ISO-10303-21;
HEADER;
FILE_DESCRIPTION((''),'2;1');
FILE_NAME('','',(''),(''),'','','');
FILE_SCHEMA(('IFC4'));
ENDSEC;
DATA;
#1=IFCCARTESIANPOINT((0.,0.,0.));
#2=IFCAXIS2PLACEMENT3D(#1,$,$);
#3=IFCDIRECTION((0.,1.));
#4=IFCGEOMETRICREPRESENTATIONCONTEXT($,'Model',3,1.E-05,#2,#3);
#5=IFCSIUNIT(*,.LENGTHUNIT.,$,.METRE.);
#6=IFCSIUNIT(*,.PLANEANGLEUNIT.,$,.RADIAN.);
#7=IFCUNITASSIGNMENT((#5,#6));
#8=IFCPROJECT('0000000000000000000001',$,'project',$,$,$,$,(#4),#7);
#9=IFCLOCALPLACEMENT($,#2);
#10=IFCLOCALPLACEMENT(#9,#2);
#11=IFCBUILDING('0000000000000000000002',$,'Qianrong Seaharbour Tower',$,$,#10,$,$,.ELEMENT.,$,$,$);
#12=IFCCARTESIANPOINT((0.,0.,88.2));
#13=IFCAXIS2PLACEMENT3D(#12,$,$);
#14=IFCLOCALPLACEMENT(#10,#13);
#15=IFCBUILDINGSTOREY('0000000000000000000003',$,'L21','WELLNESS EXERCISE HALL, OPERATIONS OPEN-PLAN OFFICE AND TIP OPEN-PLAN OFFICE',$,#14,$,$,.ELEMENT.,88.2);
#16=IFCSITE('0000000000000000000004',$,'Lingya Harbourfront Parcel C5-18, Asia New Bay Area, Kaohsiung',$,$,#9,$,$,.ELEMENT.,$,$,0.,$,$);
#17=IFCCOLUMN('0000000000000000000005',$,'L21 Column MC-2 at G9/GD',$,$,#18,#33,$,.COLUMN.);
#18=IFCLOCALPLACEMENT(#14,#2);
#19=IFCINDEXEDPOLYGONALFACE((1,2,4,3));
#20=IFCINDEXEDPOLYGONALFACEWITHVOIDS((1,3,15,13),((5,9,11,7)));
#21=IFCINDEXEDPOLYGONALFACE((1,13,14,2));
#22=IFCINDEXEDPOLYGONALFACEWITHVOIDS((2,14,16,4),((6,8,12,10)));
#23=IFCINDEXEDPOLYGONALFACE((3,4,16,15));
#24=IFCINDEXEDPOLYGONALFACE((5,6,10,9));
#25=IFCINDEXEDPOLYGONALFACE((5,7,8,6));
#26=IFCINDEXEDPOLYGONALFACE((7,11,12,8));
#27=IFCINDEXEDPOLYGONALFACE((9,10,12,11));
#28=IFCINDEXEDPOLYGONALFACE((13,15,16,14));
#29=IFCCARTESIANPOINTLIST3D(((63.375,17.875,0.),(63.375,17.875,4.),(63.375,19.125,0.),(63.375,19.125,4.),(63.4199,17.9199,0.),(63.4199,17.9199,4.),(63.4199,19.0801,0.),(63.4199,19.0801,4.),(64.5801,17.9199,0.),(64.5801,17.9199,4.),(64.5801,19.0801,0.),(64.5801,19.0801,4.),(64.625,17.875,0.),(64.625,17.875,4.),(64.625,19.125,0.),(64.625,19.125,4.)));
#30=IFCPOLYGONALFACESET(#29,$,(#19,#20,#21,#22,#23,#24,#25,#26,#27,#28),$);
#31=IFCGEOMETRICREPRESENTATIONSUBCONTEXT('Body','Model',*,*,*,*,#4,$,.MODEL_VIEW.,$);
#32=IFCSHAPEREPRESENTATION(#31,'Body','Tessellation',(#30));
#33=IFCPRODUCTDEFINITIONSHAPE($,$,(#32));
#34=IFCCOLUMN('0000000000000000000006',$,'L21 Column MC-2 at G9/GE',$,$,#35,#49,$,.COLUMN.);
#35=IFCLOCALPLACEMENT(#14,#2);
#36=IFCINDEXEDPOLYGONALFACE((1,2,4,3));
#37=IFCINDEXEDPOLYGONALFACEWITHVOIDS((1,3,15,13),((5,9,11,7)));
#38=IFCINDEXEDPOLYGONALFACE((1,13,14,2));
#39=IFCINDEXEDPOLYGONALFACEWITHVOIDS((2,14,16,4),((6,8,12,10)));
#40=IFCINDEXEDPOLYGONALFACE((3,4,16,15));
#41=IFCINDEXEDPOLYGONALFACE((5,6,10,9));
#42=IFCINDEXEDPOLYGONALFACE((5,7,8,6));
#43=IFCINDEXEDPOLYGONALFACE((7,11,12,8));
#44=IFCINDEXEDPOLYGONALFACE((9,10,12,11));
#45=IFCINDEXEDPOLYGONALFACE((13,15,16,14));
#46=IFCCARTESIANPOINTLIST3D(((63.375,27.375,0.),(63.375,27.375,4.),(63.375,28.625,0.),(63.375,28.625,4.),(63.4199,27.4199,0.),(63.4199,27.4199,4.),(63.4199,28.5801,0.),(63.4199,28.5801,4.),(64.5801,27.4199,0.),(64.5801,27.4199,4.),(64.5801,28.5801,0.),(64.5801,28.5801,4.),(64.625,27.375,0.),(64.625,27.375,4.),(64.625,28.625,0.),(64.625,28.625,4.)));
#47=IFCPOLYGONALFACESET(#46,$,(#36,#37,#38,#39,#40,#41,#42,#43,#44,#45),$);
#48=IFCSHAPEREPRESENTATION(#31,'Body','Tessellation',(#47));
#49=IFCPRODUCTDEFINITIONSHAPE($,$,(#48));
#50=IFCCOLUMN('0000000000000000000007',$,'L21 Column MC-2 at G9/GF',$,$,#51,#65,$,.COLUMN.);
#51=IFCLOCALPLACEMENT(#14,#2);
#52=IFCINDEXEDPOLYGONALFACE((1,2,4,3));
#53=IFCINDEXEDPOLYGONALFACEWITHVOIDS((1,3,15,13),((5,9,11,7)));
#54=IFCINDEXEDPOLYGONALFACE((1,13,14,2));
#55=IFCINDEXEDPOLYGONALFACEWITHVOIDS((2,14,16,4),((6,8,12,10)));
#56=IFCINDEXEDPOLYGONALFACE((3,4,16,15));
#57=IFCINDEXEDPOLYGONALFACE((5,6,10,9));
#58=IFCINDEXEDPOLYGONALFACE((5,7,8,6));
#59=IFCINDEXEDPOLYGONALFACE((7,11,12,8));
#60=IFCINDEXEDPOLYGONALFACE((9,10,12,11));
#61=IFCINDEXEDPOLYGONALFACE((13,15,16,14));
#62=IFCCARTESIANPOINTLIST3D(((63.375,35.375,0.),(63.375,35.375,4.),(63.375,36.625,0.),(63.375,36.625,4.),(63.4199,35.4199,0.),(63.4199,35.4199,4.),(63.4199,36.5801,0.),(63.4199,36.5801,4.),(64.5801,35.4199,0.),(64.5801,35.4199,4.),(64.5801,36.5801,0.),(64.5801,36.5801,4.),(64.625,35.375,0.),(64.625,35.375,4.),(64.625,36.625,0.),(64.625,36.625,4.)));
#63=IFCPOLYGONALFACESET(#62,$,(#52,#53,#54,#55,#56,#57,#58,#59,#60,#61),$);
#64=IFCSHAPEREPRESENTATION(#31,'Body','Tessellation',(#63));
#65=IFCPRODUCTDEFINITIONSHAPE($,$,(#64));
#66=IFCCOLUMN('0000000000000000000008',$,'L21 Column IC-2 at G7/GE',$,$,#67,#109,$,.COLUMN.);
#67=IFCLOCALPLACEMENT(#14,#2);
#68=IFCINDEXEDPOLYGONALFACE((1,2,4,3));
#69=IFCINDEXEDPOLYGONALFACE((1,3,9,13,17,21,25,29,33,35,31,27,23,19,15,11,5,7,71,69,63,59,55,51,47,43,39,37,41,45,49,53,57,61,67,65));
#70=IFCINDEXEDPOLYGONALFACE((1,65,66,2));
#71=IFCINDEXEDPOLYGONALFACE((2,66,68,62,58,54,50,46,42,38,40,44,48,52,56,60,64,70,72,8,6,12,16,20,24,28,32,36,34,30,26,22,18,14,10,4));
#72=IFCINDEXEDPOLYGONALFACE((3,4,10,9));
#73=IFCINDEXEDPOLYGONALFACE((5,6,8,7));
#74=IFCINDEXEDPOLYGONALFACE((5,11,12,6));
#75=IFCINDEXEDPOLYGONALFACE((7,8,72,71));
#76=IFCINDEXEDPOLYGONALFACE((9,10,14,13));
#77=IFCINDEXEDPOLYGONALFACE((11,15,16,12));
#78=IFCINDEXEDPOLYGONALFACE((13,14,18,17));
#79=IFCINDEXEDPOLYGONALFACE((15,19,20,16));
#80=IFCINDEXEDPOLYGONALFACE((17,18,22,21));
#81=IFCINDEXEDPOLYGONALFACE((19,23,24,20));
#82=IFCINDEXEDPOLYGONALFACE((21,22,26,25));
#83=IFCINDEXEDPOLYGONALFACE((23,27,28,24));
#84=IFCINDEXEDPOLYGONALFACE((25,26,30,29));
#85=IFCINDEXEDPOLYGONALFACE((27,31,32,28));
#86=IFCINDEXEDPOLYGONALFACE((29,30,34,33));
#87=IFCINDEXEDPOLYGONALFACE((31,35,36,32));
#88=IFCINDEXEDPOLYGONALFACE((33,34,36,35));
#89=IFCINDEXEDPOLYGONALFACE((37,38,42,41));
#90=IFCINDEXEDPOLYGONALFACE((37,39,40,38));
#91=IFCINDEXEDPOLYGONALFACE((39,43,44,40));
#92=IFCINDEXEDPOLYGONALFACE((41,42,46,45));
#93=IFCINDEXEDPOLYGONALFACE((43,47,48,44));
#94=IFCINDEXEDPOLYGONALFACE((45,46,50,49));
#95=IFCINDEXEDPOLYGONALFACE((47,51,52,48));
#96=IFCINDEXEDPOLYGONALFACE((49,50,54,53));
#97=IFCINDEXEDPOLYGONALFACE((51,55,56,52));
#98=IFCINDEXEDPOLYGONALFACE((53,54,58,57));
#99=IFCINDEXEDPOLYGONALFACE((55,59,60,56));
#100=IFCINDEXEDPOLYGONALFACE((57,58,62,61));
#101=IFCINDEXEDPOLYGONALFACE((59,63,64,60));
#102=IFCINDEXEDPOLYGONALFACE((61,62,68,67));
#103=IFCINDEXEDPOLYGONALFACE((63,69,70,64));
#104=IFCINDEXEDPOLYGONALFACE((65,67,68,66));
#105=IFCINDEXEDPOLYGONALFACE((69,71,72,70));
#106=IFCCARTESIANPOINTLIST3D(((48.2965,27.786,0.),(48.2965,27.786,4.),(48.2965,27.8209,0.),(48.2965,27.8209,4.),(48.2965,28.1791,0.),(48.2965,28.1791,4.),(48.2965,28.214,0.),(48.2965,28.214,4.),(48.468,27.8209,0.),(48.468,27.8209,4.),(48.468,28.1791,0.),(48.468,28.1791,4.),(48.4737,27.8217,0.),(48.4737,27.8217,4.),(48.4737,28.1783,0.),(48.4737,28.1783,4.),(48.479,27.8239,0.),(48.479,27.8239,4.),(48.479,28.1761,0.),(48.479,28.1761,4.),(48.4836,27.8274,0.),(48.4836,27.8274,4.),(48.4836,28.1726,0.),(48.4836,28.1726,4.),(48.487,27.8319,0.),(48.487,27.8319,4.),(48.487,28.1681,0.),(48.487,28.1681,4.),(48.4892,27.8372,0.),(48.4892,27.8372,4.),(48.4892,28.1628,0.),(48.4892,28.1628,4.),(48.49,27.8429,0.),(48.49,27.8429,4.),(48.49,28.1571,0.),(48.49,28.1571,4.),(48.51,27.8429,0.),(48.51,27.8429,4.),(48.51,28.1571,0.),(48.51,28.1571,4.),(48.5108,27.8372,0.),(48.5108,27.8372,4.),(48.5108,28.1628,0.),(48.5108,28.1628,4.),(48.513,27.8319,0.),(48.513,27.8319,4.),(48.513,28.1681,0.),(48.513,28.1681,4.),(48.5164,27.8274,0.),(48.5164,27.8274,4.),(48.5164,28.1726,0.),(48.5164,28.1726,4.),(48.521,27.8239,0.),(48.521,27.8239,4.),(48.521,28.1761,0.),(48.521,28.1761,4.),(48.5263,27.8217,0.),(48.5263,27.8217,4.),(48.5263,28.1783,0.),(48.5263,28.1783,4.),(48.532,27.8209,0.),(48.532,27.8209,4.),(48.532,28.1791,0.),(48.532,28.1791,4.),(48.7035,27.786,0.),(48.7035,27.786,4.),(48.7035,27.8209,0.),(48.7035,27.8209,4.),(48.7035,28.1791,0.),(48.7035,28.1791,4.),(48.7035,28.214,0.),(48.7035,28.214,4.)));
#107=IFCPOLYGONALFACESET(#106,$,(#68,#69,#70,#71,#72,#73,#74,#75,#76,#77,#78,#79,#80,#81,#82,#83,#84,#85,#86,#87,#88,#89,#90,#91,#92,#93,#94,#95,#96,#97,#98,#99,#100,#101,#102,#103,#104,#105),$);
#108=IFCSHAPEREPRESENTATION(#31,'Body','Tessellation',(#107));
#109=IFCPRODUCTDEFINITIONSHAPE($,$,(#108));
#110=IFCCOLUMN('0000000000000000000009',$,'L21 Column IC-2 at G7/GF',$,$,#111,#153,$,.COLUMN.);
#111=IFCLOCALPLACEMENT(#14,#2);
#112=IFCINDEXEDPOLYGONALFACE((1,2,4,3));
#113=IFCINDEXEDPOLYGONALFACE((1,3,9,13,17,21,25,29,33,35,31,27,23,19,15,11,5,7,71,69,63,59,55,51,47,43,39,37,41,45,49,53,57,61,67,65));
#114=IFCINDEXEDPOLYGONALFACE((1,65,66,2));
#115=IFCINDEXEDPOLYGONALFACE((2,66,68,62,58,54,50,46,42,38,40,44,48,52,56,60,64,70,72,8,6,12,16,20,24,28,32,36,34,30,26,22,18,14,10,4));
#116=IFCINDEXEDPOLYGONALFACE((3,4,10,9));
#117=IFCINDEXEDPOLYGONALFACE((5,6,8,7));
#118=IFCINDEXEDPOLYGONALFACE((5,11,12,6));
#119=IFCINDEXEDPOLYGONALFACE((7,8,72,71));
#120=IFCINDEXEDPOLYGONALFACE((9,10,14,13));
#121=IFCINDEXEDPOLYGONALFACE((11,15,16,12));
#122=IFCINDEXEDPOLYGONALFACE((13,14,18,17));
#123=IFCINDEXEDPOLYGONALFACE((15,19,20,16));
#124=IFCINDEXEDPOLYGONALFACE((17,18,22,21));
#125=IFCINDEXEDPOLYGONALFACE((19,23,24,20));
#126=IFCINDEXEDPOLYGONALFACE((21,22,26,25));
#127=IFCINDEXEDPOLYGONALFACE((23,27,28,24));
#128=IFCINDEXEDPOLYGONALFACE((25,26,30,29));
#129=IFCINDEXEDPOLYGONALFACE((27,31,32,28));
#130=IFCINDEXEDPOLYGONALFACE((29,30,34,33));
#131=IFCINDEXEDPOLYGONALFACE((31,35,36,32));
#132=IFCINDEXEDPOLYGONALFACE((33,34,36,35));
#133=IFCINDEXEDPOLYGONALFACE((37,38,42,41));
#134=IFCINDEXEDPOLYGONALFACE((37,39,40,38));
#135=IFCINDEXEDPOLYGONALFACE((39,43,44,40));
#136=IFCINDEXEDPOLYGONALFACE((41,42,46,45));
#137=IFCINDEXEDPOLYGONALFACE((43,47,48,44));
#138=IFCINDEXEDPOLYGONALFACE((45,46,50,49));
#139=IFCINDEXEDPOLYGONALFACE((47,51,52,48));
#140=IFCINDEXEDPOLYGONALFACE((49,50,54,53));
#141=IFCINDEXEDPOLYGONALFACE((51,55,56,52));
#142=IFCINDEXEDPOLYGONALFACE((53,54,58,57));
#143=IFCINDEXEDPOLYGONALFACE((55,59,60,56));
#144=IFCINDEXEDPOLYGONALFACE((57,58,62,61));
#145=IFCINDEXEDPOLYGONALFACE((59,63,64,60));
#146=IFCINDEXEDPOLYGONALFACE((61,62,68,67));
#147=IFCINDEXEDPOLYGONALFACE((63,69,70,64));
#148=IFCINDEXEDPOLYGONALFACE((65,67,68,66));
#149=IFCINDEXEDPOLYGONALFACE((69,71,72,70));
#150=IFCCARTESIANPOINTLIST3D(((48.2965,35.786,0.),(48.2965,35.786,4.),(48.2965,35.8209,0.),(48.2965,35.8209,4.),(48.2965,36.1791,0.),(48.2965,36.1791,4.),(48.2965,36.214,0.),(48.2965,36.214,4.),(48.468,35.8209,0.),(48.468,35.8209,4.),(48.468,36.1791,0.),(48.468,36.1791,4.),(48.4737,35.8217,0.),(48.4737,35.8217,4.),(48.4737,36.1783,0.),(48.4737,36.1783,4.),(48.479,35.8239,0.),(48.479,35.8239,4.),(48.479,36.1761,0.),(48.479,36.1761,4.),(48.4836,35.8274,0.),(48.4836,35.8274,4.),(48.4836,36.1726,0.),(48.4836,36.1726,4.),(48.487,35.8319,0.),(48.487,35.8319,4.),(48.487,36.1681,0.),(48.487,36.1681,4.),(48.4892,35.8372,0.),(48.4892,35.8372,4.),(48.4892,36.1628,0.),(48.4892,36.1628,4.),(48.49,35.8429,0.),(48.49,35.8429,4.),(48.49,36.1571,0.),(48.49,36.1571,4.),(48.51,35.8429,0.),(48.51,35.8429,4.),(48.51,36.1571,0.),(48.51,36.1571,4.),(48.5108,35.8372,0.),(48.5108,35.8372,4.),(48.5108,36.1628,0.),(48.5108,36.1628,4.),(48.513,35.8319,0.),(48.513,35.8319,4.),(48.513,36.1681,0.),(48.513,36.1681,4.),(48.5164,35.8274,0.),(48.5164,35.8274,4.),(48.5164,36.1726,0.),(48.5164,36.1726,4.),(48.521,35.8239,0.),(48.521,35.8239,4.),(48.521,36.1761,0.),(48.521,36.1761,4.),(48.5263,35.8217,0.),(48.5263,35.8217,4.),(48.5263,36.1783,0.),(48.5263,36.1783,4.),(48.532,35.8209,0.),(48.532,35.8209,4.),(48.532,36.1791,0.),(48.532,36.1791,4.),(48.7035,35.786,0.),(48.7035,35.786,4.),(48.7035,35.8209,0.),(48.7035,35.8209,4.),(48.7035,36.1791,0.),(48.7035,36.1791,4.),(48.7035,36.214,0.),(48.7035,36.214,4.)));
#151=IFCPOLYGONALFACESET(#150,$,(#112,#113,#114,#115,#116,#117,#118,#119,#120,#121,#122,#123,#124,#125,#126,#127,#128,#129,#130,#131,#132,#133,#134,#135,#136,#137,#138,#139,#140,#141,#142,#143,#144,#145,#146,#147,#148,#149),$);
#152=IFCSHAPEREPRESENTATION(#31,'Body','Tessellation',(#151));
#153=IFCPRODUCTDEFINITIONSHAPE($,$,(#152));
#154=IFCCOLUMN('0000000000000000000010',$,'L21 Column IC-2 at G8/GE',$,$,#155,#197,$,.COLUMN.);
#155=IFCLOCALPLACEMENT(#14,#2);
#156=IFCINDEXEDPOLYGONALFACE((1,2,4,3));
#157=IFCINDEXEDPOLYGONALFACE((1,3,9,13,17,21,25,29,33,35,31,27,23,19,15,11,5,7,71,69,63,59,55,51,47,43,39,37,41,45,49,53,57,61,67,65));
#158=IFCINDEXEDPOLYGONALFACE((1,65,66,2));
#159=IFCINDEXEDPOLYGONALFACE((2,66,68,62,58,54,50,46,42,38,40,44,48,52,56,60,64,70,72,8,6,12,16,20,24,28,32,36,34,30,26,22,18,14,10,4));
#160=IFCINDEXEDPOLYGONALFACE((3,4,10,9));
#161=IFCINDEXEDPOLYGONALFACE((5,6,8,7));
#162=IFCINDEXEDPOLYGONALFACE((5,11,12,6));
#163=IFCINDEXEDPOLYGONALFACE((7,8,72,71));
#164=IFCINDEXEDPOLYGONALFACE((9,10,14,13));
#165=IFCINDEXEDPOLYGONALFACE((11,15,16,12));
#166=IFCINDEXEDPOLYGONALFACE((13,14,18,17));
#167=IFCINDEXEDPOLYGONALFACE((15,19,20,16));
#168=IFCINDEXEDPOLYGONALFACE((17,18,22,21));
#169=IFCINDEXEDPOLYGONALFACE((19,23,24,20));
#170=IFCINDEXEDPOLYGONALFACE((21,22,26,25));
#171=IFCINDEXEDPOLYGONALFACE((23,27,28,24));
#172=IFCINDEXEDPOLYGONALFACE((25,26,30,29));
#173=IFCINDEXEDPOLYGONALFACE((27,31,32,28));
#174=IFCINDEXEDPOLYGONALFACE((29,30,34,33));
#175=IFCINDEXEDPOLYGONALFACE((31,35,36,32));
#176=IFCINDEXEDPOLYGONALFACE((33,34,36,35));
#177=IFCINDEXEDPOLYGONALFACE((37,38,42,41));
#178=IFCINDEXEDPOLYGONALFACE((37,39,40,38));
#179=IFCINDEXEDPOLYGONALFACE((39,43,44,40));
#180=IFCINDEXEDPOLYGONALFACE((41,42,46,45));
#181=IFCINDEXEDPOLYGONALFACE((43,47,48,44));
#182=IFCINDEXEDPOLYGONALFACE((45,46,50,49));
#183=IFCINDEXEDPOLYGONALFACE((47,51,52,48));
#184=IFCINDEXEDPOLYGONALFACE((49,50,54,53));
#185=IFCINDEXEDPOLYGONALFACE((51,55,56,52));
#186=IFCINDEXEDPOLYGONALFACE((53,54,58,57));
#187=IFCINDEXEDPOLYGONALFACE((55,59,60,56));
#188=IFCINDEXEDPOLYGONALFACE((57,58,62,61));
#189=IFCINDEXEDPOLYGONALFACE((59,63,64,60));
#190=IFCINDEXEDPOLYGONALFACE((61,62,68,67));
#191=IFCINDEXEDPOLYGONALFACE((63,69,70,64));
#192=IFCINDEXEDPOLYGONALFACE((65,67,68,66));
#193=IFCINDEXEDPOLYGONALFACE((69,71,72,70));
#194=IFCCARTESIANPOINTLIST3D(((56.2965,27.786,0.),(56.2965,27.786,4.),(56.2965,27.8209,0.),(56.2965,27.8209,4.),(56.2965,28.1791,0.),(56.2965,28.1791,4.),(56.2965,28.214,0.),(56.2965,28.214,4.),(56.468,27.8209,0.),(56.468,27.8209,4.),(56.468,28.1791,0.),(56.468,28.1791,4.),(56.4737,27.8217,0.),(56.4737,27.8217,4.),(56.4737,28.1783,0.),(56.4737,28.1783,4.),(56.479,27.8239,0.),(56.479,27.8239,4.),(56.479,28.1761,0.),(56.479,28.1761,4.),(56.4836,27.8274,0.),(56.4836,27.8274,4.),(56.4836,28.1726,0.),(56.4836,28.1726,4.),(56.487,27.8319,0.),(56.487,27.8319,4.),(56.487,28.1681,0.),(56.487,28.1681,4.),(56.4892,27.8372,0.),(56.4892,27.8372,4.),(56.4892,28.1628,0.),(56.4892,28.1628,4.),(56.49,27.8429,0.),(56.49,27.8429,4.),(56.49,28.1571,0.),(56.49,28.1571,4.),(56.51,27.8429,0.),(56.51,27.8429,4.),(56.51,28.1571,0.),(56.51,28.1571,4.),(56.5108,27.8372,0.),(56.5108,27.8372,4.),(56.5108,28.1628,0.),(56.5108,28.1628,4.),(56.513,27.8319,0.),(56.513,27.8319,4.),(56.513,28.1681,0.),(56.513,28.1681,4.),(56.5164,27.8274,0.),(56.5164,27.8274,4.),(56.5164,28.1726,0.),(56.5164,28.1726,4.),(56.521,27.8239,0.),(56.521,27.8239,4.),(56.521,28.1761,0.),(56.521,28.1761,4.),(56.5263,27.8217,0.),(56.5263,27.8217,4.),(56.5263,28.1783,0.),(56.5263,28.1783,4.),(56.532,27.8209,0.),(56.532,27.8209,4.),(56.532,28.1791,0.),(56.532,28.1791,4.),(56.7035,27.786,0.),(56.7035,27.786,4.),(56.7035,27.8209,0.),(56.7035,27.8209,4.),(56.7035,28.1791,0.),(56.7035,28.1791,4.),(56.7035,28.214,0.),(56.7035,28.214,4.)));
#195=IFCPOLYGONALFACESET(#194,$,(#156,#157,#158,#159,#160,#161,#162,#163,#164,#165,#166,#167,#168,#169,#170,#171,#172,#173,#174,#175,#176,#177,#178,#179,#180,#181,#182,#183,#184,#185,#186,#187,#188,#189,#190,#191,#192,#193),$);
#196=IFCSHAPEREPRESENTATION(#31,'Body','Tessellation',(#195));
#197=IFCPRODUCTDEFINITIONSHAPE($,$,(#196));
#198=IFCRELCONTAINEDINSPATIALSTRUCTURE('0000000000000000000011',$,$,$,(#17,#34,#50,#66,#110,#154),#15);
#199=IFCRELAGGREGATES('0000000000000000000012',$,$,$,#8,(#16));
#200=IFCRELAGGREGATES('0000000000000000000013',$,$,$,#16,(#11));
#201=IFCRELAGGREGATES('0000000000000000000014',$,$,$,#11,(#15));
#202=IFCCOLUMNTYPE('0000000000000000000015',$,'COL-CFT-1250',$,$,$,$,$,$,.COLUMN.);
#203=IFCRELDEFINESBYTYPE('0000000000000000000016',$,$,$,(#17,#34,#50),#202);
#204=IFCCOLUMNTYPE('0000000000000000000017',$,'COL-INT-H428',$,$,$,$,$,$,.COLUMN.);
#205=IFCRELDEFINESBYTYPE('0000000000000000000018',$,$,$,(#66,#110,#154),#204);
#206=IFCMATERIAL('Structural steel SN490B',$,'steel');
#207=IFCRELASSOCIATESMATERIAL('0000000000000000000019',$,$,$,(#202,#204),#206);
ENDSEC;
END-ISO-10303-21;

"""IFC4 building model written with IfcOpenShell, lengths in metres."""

from ifc_helpers import new_model, si_unit, direction, frame, origin, origin_2d, place, context, subcontext, project, spatial, hollow_rectangle, i_section, extrude, material, material_profile, profile_set, type_object, element, save


model = new_model("IFC4")

# Units and contexts
model_context = context("Model", 3, precision=1e-05, world=origin(), true_north=direction((0.0, 1.0)))
body_context = subcontext(model_context, "Body", "Model", "MODEL_VIEW")
ifc_project = project(units=[si_unit("LENGTHUNIT", "METRE"), si_unit("PLANEANGLEUNIT", "RADIAN")], contexts=[model_context])

# Site, building, storey
site_placement = place(None, origin())
site = spatial("IfcSite", under=ifc_project, at=site_placement, Name="Lingya Harbourfront Parcel C5-18, Asia New Bay Area, Kaohsiung", CompositionType="ELEMENT", RefElevation=0.0)
building_placement = place(site_placement, origin())
building = spatial("IfcBuilding", under=site, at=building_placement, Name="Qianrong Seaharbour Tower", CompositionType="ELEMENT")
storey_placement = place(building_placement, frame((0.0, 0.0, 88.2)))
storey = spatial("IfcBuildingStorey", under=building, at=storey_placement, Name="L21", Description="WELLNESS EXERCISE HALL, OPERATIONS OPEN-PLAN OFFICE AND TIP OPEN-PLAN OFFICE", CompositionType="ELEMENT", Elevation=88.2)

# Columns
ifc_material_1 = material(Name="Structural steel SN490B", Category="steel")
ifc_material_profile_1 = material_profile(ifc_material_1, hollow_rectangle(XDim=1.25, YDim=1.25, WallThickness=0.0449, at=origin_2d()), Name="BOX1250x1250x45")
ifc_profile_set_1 = profile_set([ifc_material_profile_1], Name="Structural steel SN490B")
column_type_1 = type_object("IfcColumnType", Name="COL-CFT-1250", PredefinedType="COLUMN", material=ifc_profile_set_1)
for number, where, z_axis, x_axis, name in (
    (1, (64.0, 18.5, 0.0), (0.0, 0.0, 1.0), (1.0, 0.0, 0.0), "L21 Column MC-2 at G9/GD"),
    (2, (64.0, 28.0, 0.0), (0.0, 0.0, 1.0), (1.0, 0.0, 0.0), "L21 Column MC-2 at G9/GE"),
    (3, (64.0, 36.0, 0.0), (0.0, 0.0, 1.0), (1.0, 0.0, 0.0), "L21 Column MC-2 at G9/GF"),
):
    element("IfcColumn", number, at=place(storey_placement, frame(where, z_axis=z_axis, x_axis=x_axis)), inside=storey, type_object=column_type_1, Name=name, PredefinedType="COLUMN", context=body_context, shape_type="SweptSolid", body=[
        extrude(hollow_rectangle(XDim=1.25, YDim=1.25, WallThickness=0.0449, at=origin_2d()), origin(), (0.0, 0.0, 1.0), 4.0),
    ])
ifc_material_profile_2 = material_profile(ifc_material_1, i_section(OverallWidth=0.407, OverallDepth=0.428, WebThickness=0.02, FlangeThickness=0.0349, FilletRadius=0.022, at=origin_2d()), Name="H428x407x20x35")
ifc_profile_set_2 = profile_set([ifc_material_profile_2], Name="Structural steel SN490B")
column_type_2 = type_object("IfcColumnType", Name="COL-INT-H428", PredefinedType="COLUMN", material=ifc_profile_set_2)
for number, where, z_axis, x_axis, name in (
    (4, (48.5, 28.0, 0.0), (0.0, 0.0, 1.0), (1.0, 0.0, 0.0), "L21 Column IC-2 at G7/GE"),
    (5, (48.5, 36.0, 0.0), (0.0, 0.0, 1.0), (1.0, 0.0, 0.0), "L21 Column IC-2 at G7/GF"),
    (6, (56.5, 28.0, 0.0), (0.0, 0.0, 1.0), (1.0, 0.0, 0.0), "L21 Column IC-2 at G8/GE"),
):
    element("IfcColumn", number, at=place(storey_placement, frame(where, z_axis=z_axis, x_axis=x_axis)), inside=storey, type_object=column_type_2, Name=name, PredefinedType="COLUMN", context=body_context, shape_type="SweptSolid", body=[
        extrude(i_section(OverallWidth=0.407, OverallDepth=0.428, WebThickness=0.02, FlangeThickness=0.0349, FilletRadius=0.022, at=origin_2d()), origin(), (0.0, 0.0, 1.0), 4.0),
    ])

save(model, "model.ifc")
